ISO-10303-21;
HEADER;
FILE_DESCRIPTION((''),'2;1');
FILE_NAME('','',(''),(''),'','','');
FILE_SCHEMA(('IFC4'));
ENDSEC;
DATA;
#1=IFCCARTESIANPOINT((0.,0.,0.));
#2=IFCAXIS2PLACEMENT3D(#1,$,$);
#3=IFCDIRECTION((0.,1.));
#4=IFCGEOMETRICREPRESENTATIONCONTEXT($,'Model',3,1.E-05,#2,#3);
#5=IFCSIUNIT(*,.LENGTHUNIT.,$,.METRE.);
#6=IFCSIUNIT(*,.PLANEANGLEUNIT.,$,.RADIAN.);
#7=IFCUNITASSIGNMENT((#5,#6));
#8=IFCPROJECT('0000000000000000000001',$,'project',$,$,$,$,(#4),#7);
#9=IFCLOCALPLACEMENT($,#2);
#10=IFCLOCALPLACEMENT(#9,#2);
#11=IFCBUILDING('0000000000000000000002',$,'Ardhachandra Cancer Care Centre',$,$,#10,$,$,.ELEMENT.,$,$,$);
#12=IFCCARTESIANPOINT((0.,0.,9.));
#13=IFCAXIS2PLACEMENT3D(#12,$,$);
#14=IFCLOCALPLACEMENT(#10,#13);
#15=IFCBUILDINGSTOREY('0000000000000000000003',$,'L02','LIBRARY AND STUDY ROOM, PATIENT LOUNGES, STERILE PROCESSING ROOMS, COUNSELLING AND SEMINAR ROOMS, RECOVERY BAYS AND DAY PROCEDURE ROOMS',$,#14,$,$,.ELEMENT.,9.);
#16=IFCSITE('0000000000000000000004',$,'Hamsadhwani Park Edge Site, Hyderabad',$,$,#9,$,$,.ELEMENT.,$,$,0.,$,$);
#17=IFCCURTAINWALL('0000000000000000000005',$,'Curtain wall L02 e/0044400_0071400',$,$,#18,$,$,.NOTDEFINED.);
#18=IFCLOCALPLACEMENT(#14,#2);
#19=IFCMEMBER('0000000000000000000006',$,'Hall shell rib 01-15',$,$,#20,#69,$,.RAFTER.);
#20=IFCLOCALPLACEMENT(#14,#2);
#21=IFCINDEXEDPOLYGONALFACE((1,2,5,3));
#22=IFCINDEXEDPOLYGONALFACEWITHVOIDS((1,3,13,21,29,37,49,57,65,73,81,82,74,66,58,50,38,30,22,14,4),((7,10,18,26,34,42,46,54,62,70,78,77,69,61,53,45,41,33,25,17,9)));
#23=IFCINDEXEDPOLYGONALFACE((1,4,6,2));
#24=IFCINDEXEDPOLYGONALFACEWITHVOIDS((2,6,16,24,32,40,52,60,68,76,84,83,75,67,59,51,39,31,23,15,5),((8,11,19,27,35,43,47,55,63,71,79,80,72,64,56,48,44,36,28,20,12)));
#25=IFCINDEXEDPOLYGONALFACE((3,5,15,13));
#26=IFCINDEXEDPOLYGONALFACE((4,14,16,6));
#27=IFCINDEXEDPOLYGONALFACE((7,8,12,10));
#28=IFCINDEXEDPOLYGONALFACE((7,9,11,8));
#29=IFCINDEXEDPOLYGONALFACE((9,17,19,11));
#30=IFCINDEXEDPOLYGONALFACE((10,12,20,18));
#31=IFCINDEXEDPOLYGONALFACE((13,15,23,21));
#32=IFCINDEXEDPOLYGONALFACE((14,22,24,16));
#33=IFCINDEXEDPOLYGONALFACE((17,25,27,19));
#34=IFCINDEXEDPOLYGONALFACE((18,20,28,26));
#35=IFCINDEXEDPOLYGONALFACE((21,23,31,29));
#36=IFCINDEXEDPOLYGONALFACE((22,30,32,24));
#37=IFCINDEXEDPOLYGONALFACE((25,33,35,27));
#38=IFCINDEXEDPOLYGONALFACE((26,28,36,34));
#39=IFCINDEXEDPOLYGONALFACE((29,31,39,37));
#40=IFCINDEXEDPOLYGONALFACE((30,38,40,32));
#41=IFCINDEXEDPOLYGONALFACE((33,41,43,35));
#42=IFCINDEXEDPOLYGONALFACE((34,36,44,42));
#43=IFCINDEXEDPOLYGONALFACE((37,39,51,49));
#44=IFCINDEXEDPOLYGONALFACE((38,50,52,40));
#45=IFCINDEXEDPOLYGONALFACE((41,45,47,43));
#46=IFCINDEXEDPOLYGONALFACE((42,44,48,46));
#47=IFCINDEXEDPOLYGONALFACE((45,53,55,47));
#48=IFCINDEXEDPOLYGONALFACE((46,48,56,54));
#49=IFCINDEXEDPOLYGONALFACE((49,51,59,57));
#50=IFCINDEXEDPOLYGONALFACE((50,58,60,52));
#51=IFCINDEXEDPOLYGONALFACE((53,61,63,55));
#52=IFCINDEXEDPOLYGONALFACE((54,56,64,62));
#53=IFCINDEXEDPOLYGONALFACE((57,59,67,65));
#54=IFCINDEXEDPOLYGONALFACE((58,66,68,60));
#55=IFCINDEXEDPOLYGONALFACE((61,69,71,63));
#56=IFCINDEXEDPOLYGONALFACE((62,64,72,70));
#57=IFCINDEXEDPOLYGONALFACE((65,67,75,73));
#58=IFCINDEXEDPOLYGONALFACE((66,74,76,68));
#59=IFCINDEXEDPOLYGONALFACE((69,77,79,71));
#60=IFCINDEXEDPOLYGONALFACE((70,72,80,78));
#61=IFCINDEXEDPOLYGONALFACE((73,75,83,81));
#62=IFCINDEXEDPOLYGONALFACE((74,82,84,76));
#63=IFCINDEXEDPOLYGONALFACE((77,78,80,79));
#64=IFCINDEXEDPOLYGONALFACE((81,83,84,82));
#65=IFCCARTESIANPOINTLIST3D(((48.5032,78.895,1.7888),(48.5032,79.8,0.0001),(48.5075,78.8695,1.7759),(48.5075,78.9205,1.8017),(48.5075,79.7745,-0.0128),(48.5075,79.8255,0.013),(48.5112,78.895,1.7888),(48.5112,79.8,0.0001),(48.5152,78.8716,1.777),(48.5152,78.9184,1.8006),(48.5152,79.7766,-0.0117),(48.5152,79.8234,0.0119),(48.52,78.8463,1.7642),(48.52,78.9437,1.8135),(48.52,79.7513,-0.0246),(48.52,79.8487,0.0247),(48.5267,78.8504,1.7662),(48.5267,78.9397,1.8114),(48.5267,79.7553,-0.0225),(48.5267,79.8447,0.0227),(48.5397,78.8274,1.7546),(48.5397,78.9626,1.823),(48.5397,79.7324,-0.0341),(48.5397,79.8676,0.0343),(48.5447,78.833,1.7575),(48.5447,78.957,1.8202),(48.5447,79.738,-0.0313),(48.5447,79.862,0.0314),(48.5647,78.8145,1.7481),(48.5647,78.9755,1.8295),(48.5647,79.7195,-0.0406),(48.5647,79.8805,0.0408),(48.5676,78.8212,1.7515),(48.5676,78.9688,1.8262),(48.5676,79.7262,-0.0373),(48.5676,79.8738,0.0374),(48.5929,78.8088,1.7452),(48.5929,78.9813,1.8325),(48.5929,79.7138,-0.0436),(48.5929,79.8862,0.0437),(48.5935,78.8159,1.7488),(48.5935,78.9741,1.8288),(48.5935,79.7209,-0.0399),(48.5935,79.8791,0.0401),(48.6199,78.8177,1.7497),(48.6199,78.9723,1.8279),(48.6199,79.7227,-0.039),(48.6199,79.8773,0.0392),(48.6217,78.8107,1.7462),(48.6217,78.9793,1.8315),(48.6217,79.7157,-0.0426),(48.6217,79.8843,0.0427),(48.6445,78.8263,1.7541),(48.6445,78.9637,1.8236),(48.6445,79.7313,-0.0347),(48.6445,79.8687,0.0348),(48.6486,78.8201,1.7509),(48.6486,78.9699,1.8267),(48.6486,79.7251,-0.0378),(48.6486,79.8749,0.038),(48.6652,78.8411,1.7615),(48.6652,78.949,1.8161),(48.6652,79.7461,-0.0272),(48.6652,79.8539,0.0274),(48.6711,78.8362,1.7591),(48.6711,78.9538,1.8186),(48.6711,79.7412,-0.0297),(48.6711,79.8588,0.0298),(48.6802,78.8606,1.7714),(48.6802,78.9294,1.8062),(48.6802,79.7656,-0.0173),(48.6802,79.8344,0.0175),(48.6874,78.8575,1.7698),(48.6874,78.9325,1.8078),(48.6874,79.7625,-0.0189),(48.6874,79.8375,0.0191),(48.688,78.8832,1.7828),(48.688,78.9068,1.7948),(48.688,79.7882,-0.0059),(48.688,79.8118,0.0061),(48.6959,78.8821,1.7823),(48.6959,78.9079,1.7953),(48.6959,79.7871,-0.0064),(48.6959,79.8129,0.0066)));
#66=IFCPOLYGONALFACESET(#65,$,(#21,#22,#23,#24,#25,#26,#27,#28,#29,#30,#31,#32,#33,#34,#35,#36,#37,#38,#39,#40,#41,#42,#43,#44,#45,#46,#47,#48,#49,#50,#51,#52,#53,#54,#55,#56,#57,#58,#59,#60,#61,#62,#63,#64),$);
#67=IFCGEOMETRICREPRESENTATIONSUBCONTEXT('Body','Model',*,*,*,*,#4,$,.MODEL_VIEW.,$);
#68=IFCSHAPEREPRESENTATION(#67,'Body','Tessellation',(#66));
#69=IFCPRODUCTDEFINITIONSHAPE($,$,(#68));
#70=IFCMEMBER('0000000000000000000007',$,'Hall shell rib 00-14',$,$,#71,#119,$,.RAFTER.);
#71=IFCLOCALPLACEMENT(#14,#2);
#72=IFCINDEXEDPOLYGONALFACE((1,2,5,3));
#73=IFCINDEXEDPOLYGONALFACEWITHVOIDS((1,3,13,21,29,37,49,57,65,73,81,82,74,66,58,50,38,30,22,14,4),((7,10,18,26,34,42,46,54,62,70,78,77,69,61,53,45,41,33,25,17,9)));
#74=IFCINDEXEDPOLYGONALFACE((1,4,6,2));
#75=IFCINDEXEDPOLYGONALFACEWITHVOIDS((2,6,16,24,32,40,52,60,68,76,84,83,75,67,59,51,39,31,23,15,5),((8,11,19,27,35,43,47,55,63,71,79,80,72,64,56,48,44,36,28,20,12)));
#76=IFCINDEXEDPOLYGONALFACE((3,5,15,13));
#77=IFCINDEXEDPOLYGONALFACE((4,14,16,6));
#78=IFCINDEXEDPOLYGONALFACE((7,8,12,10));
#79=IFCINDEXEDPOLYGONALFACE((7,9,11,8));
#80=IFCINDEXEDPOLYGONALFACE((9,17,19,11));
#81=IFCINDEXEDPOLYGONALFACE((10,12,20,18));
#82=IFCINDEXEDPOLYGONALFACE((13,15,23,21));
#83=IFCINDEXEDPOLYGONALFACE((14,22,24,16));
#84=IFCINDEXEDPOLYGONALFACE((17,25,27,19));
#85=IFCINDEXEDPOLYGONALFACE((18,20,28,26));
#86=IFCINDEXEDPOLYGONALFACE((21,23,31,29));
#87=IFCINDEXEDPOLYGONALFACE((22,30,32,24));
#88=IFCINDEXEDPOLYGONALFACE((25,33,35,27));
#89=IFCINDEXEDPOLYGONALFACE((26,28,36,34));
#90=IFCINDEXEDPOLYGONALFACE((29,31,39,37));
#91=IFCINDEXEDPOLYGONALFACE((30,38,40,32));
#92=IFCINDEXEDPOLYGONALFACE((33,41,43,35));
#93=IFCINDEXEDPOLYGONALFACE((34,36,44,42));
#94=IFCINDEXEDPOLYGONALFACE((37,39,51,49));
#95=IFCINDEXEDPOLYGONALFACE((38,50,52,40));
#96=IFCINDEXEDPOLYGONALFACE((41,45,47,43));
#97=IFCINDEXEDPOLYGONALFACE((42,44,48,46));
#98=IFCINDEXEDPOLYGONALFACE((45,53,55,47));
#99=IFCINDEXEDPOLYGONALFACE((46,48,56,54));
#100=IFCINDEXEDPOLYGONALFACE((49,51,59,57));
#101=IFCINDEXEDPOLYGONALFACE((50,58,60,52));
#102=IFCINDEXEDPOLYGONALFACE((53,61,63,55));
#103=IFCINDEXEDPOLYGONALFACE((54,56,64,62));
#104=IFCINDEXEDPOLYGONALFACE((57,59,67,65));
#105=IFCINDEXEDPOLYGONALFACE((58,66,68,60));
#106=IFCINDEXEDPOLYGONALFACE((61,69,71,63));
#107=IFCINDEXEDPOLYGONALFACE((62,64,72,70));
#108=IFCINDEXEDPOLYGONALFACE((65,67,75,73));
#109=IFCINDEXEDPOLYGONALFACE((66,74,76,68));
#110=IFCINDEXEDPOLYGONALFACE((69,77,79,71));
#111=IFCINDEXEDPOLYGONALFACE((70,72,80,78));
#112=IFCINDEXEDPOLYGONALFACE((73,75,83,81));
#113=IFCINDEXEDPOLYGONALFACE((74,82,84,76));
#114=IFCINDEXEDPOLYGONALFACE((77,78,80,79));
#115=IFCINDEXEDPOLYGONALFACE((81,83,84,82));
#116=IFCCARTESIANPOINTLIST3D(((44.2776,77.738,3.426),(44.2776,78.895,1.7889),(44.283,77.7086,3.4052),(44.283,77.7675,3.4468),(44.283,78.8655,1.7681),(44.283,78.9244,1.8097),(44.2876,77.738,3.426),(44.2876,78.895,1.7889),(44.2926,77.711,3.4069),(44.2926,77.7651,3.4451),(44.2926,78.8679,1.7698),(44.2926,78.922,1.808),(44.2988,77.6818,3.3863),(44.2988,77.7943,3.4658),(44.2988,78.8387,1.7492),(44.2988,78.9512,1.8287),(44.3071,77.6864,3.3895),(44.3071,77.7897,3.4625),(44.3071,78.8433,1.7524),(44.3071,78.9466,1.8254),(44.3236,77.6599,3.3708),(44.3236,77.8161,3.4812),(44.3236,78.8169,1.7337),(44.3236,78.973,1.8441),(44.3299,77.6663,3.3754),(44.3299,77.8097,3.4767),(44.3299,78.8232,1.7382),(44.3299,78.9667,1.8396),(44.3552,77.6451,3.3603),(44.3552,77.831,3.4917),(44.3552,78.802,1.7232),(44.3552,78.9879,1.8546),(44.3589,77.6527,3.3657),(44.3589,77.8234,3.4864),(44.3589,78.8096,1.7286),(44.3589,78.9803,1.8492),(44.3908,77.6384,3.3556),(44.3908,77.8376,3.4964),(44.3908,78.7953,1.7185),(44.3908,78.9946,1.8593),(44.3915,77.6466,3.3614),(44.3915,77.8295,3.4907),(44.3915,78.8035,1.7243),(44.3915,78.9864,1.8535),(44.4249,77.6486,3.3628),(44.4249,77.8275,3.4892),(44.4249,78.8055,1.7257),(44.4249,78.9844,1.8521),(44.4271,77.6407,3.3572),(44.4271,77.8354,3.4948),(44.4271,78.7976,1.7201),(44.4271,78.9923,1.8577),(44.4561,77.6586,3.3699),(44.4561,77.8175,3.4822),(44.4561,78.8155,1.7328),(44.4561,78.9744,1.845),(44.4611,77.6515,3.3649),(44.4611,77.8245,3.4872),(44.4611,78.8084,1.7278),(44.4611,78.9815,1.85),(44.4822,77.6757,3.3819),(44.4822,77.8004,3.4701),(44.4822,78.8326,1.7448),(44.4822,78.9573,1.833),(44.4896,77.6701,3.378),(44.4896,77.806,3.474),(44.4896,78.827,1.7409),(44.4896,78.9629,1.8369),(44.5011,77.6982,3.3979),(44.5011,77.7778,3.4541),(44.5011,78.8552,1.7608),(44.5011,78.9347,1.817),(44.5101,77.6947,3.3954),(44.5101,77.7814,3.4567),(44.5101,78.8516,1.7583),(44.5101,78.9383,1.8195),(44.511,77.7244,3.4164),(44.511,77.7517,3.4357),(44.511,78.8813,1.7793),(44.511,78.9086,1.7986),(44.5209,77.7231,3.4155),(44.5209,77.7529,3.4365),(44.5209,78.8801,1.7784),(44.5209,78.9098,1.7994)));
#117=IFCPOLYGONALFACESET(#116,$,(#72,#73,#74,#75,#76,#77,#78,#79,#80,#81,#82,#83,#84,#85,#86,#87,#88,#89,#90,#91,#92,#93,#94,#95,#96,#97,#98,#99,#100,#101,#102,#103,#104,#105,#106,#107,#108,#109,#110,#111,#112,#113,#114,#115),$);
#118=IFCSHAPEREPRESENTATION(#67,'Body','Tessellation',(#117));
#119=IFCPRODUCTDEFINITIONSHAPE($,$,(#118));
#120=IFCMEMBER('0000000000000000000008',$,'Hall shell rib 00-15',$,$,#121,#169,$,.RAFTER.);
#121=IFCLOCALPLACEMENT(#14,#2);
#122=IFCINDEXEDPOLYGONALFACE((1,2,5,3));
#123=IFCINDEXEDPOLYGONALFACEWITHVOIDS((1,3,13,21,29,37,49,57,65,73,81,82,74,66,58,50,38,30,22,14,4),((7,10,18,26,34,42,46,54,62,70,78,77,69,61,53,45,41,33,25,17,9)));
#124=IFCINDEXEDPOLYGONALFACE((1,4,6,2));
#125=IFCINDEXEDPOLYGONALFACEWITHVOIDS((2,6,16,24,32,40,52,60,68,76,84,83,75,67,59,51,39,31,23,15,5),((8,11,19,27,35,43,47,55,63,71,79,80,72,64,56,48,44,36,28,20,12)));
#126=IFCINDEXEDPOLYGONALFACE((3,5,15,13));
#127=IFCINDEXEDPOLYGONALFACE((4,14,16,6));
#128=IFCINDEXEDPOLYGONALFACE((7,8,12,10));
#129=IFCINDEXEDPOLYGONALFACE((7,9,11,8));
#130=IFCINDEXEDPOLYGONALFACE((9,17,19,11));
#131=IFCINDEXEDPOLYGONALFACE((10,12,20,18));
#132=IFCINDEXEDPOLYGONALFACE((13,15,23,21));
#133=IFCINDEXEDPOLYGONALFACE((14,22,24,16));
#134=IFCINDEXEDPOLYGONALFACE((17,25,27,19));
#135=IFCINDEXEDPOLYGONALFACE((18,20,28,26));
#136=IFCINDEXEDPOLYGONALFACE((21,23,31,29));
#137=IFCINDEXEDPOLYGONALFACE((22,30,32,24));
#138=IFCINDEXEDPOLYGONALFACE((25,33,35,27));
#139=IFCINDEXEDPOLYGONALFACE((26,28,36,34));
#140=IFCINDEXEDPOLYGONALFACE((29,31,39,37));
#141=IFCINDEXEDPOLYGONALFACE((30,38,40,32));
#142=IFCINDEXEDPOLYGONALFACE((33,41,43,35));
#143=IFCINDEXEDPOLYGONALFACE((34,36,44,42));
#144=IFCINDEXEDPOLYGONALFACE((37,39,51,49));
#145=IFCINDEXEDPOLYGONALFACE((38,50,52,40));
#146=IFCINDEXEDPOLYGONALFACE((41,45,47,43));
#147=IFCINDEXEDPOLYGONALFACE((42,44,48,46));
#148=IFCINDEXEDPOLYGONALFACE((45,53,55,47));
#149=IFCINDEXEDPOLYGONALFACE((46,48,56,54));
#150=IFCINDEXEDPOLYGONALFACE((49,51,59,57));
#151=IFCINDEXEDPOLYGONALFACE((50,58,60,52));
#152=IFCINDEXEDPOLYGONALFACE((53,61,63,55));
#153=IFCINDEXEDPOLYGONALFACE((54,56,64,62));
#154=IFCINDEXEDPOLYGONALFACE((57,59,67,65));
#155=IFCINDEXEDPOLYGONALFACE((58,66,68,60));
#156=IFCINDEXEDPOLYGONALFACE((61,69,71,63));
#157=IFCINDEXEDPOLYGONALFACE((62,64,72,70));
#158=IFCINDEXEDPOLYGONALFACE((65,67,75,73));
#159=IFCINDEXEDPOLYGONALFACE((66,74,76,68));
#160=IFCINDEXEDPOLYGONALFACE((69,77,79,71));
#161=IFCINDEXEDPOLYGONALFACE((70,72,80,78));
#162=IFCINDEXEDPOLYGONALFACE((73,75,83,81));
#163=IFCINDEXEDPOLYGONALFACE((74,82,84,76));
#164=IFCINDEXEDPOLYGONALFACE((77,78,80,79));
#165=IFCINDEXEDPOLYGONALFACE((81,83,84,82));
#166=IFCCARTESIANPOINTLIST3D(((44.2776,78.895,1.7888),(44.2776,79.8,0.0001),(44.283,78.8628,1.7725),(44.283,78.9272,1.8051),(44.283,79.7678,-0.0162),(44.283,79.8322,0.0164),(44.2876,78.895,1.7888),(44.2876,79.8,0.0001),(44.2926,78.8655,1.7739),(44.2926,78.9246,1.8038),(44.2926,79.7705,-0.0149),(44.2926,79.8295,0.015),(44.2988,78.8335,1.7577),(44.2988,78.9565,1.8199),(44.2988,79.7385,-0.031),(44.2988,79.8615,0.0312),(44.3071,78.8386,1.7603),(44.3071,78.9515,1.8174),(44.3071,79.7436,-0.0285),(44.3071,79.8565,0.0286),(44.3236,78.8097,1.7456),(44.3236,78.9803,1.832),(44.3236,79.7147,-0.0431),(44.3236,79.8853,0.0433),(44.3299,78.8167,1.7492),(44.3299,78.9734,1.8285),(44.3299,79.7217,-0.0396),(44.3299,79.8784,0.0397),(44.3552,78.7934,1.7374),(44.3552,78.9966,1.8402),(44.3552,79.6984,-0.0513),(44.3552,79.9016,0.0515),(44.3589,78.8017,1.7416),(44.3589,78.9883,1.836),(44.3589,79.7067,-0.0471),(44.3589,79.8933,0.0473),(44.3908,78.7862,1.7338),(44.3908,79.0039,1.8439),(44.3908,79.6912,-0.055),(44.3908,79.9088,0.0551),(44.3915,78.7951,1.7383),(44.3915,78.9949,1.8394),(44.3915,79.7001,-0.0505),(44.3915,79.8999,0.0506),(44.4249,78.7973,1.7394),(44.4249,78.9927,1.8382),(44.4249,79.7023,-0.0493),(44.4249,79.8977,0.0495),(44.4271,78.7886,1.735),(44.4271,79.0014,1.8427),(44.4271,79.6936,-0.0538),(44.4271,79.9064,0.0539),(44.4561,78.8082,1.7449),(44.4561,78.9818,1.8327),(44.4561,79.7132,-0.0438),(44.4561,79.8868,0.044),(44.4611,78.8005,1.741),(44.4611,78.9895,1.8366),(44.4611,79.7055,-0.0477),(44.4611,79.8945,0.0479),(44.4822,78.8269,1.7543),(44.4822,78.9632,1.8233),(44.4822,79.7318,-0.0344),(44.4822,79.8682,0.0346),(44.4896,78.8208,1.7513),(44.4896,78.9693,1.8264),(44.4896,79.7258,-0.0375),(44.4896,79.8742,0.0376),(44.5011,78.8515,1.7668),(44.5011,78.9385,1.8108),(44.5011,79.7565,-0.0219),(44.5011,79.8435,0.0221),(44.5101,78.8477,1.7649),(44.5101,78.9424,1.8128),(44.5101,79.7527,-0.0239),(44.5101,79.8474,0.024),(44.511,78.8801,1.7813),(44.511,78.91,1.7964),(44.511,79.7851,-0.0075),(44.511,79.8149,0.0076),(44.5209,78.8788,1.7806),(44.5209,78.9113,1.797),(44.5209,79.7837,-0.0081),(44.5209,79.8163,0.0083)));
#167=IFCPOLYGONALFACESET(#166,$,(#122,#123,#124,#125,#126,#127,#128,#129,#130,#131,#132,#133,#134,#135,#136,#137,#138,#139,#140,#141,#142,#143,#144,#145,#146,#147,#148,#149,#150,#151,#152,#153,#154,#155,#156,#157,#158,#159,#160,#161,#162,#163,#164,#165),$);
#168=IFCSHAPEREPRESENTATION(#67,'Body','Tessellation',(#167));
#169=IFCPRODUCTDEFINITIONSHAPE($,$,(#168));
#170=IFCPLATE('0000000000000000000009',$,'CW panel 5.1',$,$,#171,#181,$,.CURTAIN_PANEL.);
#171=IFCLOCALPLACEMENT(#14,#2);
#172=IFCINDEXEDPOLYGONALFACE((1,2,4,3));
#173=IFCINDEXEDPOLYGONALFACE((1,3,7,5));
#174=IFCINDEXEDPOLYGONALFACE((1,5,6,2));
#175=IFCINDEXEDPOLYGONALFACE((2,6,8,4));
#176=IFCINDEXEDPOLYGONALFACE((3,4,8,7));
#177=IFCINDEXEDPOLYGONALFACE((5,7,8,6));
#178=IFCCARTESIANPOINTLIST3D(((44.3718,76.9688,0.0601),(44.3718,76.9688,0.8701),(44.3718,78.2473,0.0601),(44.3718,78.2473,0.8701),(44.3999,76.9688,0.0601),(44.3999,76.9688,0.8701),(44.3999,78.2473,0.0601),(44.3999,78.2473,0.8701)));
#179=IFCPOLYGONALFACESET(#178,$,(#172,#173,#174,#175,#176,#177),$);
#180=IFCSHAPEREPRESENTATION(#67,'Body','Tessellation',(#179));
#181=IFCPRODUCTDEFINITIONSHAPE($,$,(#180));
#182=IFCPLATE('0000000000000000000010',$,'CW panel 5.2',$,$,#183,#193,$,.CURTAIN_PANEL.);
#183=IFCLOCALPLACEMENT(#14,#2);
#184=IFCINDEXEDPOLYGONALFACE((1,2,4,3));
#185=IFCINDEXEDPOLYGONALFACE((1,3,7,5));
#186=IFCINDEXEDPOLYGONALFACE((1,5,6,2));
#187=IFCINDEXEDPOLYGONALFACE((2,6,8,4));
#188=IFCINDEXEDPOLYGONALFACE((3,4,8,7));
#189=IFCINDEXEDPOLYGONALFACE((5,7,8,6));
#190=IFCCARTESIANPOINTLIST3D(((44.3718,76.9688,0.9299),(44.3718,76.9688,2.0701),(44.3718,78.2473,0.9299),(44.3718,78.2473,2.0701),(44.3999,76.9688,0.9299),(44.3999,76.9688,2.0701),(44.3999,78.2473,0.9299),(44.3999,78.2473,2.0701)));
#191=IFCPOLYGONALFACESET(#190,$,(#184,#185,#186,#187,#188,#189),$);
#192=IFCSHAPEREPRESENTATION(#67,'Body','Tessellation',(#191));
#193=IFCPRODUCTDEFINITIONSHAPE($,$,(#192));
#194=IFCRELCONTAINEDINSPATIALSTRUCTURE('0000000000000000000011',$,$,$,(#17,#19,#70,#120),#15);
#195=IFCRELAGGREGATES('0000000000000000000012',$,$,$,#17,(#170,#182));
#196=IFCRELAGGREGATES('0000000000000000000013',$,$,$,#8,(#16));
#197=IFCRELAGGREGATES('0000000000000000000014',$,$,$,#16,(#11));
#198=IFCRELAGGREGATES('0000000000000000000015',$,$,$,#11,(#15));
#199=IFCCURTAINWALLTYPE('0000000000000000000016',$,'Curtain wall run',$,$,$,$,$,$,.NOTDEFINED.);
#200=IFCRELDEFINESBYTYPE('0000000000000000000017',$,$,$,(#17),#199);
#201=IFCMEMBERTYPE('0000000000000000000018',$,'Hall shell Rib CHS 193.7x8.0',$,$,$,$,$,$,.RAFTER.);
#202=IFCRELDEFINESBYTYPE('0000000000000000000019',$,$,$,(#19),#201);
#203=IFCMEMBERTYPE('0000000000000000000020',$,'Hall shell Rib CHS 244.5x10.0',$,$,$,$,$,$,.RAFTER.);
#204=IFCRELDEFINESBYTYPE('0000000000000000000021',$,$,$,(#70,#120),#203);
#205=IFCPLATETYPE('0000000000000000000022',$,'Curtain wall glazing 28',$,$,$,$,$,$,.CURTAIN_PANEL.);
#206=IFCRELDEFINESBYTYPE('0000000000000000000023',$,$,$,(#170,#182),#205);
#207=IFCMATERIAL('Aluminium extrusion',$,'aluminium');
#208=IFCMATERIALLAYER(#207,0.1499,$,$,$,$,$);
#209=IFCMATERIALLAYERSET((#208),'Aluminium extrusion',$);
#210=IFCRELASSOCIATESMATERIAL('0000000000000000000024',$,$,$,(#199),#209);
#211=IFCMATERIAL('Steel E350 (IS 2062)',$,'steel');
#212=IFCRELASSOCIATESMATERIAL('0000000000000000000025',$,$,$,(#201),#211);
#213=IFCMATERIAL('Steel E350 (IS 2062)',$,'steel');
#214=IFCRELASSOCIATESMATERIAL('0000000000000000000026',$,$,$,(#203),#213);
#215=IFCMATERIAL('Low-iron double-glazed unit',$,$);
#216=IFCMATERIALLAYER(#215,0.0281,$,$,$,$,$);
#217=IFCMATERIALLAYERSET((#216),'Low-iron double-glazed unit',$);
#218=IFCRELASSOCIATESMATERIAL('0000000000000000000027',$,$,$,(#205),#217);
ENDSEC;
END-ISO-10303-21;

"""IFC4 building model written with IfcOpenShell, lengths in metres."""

from ifc_helpers import new_model, si_unit, direction, frame, origin, origin_2d, place, context, subcontext, project, spatial, polyline, hollow_circle, outline, extrude, material, layer, layer_set, material_profile, profile_set, type_object, element, aggregate, save


model = new_model("IFC4")

# Units and contexts
model_context = context("Model", 3, precision=1e-05, world=origin(), true_north=direction((0.0, 1.0)))
body_context = subcontext(model_context, "Body", "Model", "MODEL_VIEW")
ifc_project = project(units=[si_unit("LENGTHUNIT", "METRE"), si_unit("PLANEANGLEUNIT", "RADIAN")], contexts=[model_context])

# Site, building, storey
site_placement = place(None, origin())
site = spatial("IfcSite", under=ifc_project, at=site_placement, Name="Hamsadhwani Park Edge Site, Hyderabad", CompositionType="ELEMENT", RefElevation=0.0)
building_placement = place(site_placement, origin())
building = spatial("IfcBuilding", under=site, at=building_placement, Name="Ardhachandra Cancer Care Centre", CompositionType="ELEMENT")
storey_placement = place(building_placement, frame((0.0, 0.0, 9.0)))
storey = spatial("IfcBuildingStorey", under=building, at=storey_placement, Name="L02", Description="LIBRARY AND STUDY ROOM, PATIENT LOUNGES, STERILE PROCESSING ROOMS, COUNSELLING AND SEMINAR ROOMS, RECOVERY BAYS AND DAY PROCEDURE ROOMS", CompositionType="ELEMENT", Elevation=9.0)

# Curtain wall
ifc_material_1 = material(Name="Aluminium extrusion", Category="aluminium")
ifc_layer_1 = layer(ifc_material_1, 0.1499)
ifc_layer_set_1 = layer_set([ifc_layer_1], Name="Aluminium extrusion")
curtain_wall_type = type_object("IfcCurtainWallType", Name="Curtain wall run", PredefinedType="NOTDEFINED", material=ifc_layer_set_1)
curtain_wall_placement = place(storey_placement, origin())
curtain_wall = element("IfcCurtainWall", 1, at=curtain_wall_placement, inside=storey, type_object=curtain_wall_type, Name="Curtain wall L02 e/0044400_0071400", PredefinedType="NOTDEFINED")

# Members
ifc_material_2 = material(Name="Steel E350 (IS 2062)", Category="steel")
ifc_material_profile_1 = material_profile(ifc_material_2, hollow_circle(Radius=0.0969, WallThickness=0.0081, at=origin_2d()), Name="CHS 193.7x8.0")
ifc_profile_set_1 = profile_set([ifc_material_profile_1], Name="Steel E350 (IS 2062)")
member_type_1 = type_object("IfcMemberType", Name="Hall shell Rib CHS 193.7x8.0", PredefinedType="RAFTER", material=ifc_profile_set_1)
for number, where, z_axis, x_axis, name in (
    (2, (48.6001, 78.895, 1.7888), (0.0, 0.451447, -0.892298), (-1.0, 0.0, 0.0), "Hall shell rib 01-15"),
):
    element("IfcMember", number, at=place(storey_placement, frame(where, z_axis=z_axis, x_axis=x_axis)), inside=storey, type_object=member_type_1, Name=name, PredefinedType="RAFTER", context=body_context, shape_type="SweptSolid", body=[
        extrude(hollow_circle(Radius=0.0969, WallThickness=0.0081, at=origin_2d()), origin(), (0.0, 0.0, 1.0), 2.0046),
    ])
ifc_material_3 = material(Name="Steel E350 (IS 2062)", Category="steel")
ifc_material_profile_2 = material_profile(ifc_material_3, hollow_circle(Radius=0.1223, WallThickness=0.01, at=origin_2d()), Name="CHS 244.5x10.0")
ifc_profile_set_2 = profile_set([ifc_material_profile_2], Name="Steel E350 (IS 2062)")
member_type_2 = type_object("IfcMemberType", Name="Hall shell Rib CHS 244.5x10.0", PredefinedType="RAFTER", material=ifc_profile_set_2)
for number, where, z_axis, x_axis, name in (
    (3, (44.3999, 77.738, 3.426), (0.0, 0.577118, -0.816661), (-1.0, 0.0, 0.0), "Hall shell rib 00-14"),
    (4, (44.3999, 78.895, 1.7888), (0.0, 0.451447, -0.892298), (-1.0, 0.0, 0.0), "Hall shell rib 00-15"),
):
    element("IfcMember", number, at=place(storey_placement, frame(where, z_axis=z_axis, x_axis=x_axis)), inside=storey, type_object=member_type_2, Name=name, PredefinedType="RAFTER", context=body_context, shape_type="SweptSolid", body=[
        extrude(hollow_circle(Radius=0.1223, WallThickness=0.01, at=origin_2d()), origin(), (0.0, 0.0, 1.0), 2.0046),
    ])

# Plates
ifc_material_4 = material(Name="Low-iron double-glazed unit")
ifc_layer_2 = layer(ifc_material_4, 0.0281)
ifc_layer_set_2 = layer_set([ifc_layer_2], Name="Low-iron double-glazed unit")
plate_type_1 = type_object("IfcPlateType", Name="Curtain wall glazing 28", PredefinedType="CURTAIN_PANEL", material=ifc_layer_set_2)
plate_1_placement = place(storey_placement, frame((44.3999, 76.9688, 0.0601), z_axis=(-1.0, 0.0, 0.0), x_axis=(0.0, 0.0, 1.0)))
plate_1 = element("IfcPlate", 5, at=plate_1_placement, type_object=plate_type_1, Name="CW panel 5.1", PredefinedType="CURTAIN_PANEL", context=body_context, shape_type="SweptSolid", body=[
    extrude(outline(polyline([(0.0, 0.0), (0.8101, 0.0), (0.8101, 1.2786), (0.0, 1.2786), (0.0, 0.0)])), origin(), (0.0, 0.0, 1.0), 0.0281),
])
plate_2_placement = place(storey_placement, frame((44.3999, 76.9688, 0.9299), z_axis=(-1.0, 0.0, 0.0), x_axis=(0.0, 0.0, 1.0)))
plate_2 = element("IfcPlate", 6, at=plate_2_placement, type_object=plate_type_1, Name="CW panel 5.2", PredefinedType="CURTAIN_PANEL", context=body_context, shape_type="SweptSolid", body=[
    extrude(outline(polyline([(0.0, 0.0), (1.1401, 0.0), (1.1401, 1.2786), (0.0, 1.2786), (0.0, 0.0)])), origin(), (0.0, 0.0, 1.0), 0.0281),
])
aggregate(curtain_wall, [plate_1, plate_2])

save(model, "model.ifc")
